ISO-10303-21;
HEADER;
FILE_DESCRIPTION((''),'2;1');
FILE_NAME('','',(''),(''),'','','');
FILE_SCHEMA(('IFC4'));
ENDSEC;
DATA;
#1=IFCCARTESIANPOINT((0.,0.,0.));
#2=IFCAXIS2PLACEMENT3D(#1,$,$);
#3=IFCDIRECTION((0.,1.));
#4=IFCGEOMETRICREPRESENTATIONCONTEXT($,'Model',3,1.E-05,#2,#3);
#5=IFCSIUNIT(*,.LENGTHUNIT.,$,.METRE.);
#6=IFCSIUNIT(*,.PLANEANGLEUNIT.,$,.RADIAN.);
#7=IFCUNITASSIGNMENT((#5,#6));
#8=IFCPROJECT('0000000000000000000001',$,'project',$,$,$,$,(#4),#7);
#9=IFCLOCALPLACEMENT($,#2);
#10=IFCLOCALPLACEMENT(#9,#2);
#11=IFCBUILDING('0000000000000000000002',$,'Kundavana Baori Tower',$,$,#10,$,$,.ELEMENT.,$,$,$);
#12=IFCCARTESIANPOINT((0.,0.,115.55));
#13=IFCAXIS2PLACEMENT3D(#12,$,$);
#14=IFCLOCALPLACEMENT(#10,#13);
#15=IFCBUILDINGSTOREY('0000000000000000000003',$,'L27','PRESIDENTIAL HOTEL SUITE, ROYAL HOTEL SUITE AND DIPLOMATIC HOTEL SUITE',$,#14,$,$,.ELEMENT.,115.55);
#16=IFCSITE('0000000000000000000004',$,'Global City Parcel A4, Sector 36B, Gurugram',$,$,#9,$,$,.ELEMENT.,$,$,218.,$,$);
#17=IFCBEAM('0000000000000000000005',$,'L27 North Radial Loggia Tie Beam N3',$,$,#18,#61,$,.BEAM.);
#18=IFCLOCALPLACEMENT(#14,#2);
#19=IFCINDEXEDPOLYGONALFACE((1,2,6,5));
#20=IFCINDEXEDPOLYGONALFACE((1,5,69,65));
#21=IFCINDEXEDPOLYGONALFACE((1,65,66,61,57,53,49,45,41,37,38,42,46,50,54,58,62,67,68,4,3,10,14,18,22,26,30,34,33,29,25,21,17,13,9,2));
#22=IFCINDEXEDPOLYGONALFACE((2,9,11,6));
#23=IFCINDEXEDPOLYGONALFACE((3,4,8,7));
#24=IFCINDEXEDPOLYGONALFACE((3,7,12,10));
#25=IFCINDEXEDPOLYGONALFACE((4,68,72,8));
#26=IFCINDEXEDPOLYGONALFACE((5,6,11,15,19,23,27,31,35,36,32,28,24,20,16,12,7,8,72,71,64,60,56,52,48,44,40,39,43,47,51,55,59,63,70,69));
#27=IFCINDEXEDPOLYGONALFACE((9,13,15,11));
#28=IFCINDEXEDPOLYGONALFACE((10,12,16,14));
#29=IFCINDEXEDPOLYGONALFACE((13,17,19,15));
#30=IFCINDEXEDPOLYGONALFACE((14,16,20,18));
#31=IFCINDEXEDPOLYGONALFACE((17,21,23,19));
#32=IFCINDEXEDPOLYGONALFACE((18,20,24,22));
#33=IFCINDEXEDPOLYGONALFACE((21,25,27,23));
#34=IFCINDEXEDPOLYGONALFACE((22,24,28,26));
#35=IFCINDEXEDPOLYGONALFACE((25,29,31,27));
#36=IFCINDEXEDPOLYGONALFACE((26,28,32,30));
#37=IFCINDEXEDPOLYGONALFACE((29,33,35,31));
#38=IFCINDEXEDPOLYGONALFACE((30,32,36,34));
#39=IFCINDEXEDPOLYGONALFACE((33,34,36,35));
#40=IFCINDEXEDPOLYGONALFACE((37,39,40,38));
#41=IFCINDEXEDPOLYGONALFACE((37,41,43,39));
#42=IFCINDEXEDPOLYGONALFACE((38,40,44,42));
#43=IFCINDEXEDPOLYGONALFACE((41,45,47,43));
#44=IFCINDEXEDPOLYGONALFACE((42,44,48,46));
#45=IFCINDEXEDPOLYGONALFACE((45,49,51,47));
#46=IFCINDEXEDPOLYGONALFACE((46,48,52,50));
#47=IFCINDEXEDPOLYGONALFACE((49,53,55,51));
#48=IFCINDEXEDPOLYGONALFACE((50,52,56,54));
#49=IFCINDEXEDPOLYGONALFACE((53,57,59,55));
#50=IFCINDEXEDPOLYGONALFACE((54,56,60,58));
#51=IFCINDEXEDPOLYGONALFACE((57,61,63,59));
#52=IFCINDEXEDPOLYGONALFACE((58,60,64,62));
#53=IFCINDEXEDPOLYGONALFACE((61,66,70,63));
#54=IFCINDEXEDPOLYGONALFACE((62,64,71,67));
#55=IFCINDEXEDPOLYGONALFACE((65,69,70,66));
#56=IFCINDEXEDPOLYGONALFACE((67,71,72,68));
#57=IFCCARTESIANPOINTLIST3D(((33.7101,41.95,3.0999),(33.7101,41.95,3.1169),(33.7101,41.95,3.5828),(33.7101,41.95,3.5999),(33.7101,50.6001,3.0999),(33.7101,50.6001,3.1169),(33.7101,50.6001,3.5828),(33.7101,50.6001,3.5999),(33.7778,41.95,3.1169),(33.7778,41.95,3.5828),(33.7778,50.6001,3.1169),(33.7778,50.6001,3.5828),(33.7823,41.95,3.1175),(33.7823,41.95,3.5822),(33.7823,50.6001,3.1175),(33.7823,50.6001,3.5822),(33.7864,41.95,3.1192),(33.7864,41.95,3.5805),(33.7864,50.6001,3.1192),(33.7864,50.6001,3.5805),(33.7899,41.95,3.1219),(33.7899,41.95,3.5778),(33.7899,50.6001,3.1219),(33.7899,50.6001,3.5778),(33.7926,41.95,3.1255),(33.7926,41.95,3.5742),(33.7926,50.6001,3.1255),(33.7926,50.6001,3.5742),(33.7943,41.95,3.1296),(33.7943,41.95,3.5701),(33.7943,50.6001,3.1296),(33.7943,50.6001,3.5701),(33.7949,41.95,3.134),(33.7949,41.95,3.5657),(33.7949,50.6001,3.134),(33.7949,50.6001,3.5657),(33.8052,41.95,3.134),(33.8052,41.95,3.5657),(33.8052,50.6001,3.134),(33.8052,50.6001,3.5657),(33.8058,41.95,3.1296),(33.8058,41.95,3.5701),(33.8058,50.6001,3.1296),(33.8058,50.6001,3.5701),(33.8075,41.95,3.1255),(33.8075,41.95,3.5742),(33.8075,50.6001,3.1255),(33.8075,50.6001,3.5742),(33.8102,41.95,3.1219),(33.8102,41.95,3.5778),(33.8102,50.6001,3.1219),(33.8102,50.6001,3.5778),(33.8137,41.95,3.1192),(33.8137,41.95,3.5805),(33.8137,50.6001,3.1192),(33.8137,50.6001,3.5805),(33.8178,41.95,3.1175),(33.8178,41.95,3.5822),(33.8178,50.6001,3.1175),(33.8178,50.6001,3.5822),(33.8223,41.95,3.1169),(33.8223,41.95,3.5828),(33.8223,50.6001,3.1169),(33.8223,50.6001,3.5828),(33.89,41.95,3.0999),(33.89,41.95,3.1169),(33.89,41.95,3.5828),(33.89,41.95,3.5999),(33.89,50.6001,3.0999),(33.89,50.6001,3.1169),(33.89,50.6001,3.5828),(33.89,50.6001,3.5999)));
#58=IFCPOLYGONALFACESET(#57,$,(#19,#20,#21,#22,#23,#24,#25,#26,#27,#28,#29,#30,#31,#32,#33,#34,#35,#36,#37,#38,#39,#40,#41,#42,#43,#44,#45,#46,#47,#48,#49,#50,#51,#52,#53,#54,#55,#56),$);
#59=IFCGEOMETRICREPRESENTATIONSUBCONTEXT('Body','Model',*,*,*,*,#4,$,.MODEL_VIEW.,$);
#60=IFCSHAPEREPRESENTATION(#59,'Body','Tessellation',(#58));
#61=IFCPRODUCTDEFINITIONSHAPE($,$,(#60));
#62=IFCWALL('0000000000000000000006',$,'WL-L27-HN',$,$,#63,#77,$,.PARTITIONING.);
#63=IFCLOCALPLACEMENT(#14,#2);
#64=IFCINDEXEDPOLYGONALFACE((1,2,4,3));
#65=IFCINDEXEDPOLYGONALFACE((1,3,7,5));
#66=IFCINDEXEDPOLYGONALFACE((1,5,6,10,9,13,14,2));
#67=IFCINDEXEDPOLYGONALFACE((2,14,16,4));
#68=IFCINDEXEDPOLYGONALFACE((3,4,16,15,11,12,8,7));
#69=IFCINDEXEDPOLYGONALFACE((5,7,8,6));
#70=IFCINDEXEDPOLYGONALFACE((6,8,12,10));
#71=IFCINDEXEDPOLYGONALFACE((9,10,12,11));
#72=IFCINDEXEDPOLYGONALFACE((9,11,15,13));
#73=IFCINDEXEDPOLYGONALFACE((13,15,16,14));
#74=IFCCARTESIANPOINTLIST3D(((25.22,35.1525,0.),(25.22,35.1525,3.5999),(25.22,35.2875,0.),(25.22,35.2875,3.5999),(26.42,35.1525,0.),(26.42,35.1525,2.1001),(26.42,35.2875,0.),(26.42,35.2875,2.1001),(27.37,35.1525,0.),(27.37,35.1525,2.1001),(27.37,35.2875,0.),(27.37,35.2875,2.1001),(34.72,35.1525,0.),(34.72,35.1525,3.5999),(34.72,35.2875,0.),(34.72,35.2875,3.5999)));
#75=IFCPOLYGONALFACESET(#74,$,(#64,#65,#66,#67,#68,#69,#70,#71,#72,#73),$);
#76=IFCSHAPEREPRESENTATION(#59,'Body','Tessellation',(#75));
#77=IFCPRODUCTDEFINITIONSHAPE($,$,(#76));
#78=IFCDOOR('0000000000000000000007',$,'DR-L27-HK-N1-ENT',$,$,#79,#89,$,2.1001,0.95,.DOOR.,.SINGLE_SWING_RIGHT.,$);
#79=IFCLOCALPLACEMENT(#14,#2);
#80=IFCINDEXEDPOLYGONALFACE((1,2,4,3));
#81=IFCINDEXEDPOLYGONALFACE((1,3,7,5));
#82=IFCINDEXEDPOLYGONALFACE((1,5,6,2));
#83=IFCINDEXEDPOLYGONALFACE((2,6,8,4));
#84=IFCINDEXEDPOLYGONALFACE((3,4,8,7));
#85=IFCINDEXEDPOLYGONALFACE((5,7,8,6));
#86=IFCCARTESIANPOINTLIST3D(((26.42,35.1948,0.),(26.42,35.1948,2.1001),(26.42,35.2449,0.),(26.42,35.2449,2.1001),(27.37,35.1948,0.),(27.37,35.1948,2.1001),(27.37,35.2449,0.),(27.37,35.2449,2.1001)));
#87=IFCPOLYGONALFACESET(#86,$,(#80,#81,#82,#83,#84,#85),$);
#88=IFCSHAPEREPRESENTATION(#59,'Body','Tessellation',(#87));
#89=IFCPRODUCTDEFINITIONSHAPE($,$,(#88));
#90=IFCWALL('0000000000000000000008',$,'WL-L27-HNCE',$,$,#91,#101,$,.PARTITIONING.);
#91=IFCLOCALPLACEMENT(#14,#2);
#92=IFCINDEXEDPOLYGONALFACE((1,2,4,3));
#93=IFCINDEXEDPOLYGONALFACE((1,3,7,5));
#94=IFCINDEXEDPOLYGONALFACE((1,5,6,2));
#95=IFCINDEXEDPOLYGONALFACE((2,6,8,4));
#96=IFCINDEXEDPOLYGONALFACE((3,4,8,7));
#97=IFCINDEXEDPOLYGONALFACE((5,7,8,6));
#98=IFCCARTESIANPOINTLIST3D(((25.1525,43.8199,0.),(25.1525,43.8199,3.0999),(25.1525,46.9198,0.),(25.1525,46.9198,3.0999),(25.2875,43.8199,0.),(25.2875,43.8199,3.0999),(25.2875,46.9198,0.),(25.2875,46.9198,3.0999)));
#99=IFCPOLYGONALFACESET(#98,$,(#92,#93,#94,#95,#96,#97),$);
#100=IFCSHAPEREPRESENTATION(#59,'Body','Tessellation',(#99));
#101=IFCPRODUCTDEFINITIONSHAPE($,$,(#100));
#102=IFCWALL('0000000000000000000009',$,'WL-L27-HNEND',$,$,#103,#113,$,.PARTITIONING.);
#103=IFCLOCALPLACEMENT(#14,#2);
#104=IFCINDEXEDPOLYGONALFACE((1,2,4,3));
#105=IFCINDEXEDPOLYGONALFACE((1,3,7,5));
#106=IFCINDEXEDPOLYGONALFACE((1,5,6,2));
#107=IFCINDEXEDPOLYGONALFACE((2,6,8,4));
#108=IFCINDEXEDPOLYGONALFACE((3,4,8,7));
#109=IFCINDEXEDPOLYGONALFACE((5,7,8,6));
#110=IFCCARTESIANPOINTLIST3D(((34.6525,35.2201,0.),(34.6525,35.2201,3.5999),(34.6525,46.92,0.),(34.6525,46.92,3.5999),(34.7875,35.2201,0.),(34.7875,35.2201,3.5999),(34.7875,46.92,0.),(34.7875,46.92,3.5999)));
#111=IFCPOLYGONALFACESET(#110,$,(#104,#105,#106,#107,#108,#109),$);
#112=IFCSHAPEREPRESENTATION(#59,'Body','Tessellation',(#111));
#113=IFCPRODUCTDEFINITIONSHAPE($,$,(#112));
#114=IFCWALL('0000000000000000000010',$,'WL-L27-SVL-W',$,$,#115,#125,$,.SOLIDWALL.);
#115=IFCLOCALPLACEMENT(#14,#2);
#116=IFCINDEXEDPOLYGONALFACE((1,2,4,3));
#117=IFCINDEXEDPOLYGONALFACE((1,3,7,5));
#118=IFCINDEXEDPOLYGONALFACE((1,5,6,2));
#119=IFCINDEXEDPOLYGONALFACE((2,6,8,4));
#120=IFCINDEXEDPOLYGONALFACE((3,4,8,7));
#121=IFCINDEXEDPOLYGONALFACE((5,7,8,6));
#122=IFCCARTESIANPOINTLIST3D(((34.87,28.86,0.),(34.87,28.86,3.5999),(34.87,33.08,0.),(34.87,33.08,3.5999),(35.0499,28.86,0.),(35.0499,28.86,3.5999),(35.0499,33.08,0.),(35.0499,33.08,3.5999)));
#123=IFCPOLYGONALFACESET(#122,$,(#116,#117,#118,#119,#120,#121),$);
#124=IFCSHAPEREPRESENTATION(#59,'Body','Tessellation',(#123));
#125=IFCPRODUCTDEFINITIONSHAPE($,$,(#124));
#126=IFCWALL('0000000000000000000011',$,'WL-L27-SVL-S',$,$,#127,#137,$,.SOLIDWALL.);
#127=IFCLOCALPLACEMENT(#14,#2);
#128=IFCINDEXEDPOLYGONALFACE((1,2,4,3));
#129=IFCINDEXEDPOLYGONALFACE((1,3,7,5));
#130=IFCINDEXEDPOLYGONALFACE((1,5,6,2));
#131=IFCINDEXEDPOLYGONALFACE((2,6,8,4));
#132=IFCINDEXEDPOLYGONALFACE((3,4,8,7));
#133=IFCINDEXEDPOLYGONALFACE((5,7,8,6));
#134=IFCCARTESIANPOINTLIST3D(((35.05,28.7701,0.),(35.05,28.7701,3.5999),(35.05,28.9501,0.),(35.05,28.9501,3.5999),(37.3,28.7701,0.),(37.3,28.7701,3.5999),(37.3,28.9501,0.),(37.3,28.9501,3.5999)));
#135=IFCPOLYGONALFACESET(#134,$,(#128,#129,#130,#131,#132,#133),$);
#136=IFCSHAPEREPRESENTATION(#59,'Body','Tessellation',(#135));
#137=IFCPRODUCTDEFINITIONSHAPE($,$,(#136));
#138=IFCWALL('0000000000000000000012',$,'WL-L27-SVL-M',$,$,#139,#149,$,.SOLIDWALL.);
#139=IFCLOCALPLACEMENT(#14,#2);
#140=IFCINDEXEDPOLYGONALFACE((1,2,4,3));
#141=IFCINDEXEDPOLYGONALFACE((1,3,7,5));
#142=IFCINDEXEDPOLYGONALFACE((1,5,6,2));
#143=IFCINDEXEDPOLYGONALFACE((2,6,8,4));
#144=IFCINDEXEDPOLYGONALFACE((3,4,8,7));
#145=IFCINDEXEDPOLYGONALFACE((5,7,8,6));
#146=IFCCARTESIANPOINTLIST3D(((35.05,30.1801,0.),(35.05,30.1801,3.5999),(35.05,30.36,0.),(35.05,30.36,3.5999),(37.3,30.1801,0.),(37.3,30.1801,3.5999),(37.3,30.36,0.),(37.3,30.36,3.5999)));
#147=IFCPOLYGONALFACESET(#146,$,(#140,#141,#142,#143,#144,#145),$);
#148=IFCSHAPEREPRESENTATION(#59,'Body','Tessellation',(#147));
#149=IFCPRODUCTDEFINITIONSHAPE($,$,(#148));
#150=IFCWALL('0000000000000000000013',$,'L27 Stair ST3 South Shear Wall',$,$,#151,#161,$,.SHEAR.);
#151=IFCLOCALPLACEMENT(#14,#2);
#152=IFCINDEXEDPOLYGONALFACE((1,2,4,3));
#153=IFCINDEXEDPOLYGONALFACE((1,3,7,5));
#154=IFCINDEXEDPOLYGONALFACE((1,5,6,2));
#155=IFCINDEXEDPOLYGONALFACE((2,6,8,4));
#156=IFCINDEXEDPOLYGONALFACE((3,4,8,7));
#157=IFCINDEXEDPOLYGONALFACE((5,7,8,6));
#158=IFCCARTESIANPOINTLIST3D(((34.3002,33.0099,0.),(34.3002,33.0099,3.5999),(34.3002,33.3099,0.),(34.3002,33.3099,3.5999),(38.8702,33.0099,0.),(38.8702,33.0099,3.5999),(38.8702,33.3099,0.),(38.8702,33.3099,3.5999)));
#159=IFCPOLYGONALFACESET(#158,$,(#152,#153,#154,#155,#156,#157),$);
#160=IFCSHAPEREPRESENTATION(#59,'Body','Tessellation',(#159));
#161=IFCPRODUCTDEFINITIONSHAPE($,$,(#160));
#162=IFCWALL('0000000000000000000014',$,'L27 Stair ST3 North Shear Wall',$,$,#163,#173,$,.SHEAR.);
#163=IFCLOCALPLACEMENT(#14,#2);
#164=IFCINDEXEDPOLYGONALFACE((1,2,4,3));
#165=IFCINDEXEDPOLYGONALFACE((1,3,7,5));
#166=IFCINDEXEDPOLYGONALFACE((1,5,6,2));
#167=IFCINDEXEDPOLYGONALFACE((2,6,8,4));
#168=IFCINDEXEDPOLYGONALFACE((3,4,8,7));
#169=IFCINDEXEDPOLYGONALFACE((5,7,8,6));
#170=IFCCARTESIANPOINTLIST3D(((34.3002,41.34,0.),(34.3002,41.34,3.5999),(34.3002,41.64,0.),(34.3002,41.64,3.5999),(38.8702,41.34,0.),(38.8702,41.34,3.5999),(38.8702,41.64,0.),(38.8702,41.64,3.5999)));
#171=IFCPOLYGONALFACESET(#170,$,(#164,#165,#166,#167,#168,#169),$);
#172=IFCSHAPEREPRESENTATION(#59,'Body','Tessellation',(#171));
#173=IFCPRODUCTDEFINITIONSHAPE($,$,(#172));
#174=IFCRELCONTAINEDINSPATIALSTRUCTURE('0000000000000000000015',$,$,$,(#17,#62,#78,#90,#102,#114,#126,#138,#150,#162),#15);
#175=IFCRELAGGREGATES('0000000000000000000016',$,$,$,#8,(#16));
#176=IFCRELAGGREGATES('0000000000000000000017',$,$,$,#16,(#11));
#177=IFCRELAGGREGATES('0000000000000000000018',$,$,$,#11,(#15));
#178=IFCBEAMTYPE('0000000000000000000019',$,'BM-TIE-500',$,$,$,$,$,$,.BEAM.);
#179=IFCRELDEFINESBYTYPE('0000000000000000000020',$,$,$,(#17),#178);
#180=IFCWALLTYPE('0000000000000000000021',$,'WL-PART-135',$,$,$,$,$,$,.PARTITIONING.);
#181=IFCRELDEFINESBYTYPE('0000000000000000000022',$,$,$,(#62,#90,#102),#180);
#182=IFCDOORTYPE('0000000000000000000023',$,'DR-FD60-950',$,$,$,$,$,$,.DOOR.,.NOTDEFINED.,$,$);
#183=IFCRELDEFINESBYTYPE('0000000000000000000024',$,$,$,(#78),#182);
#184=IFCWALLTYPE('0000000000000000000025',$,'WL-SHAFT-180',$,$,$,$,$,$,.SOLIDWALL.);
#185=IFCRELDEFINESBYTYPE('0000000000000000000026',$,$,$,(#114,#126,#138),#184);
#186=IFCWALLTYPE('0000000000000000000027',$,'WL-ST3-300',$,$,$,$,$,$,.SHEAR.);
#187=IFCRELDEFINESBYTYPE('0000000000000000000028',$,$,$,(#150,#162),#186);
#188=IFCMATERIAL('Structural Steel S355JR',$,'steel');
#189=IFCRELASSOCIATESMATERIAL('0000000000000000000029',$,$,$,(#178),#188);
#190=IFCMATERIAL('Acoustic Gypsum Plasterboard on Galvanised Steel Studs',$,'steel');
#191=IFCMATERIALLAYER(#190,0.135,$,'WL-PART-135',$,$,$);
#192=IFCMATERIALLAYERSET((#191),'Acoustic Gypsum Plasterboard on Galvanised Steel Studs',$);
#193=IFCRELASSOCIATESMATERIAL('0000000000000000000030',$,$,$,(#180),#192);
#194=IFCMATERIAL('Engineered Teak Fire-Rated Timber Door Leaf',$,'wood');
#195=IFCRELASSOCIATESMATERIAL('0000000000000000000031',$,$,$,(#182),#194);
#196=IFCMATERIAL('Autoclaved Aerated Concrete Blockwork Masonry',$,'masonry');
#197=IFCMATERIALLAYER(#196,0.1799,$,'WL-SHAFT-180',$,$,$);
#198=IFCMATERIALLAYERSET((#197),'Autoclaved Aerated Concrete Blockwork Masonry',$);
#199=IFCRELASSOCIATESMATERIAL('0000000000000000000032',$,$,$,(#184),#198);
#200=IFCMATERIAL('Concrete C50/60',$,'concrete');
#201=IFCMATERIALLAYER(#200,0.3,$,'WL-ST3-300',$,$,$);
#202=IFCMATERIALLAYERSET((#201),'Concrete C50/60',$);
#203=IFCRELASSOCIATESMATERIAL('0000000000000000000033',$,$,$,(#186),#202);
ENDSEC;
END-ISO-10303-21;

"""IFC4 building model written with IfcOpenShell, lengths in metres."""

from ifc_helpers import new_model, si_unit, direction, frame, frame_2d, origin, origin_2d, place, context, subcontext, project, spatial, rectangle, i_section, extrude, material, layer, layer_set, material_profile, profile_set, type_object, element, fill, save


model = new_model("IFC4")

# Units and contexts
model_context = context("Model", 3, precision=1e-05, world=origin(), true_north=direction((0.0, 1.0)))
body_context = subcontext(model_context, "Body", "Model", "MODEL_VIEW")
ifc_project = project(units=[si_unit("LENGTHUNIT", "METRE"), si_unit("PLANEANGLEUNIT", "RADIAN")], contexts=[model_context])

# Site, building, storey
site_placement = place(None, origin())
site = spatial("IfcSite", under=ifc_project, at=site_placement, Name="Global City Parcel A4, Sector 36B, Gurugram", CompositionType="ELEMENT", RefElevation=218.0)
building_placement = place(site_placement, origin())
building = spatial("IfcBuilding", under=site, at=building_placement, Name="Kundavana Baori Tower", CompositionType="ELEMENT")
storey_placement = place(building_placement, frame((0.0, 0.0, 115.55)))
storey = spatial("IfcBuildingStorey", under=building, at=storey_placement, Name="L27", Description="PRESIDENTIAL HOTEL SUITE, ROYAL HOTEL SUITE AND DIPLOMATIC HOTEL SUITE", CompositionType="ELEMENT", Elevation=115.55)

# Beam
ifc_material_1 = material(Name="Structural Steel S355JR", Category="steel")
ifc_material_profile_1 = material_profile(ifc_material_1, i_section(OverallWidth=0.1799, OverallDepth=0.5, WebThickness=0.0103, FlangeThickness=0.0171, FilletRadius=0.0171, at=origin_2d()), Name="ISMB 500")
ifc_profile_set_1 = profile_set([ifc_material_profile_1], Name="Structural Steel S355JR")
beam_type_1 = type_object("IfcBeamType", Name="BM-TIE-500", PredefinedType="BEAM", material=ifc_profile_set_1)
for number, where, z_axis, x_axis, name in (
    (1, (33.8, 41.95, 3.3499), (0.0, 1.0, 0.0), (-1.0, 0.0, 0.0), "L27 North Radial Loggia Tie Beam N3"),
):
    element("IfcBeam", number, at=place(storey_placement, frame(where, z_axis=z_axis, x_axis=x_axis)), inside=storey, type_object=beam_type_1, Name=name, PredefinedType="BEAM", context=body_context, shape_type="SweptSolid", body=[
        extrude(i_section(OverallWidth=0.1799, OverallDepth=0.5, WebThickness=0.0103, FlangeThickness=0.0171, FilletRadius=0.0171, at=origin_2d()), origin(), (0.0, 0.0, 1.0), 8.6501),
    ])

# Wall, opening, door
ifc_material_2 = material(Name="Acoustic Gypsum Plasterboard on Galvanised Steel Studs", Category="steel")
ifc_layer_1 = layer(ifc_material_2, 0.135, Name="WL-PART-135")
ifc_layer_set_1 = layer_set([ifc_layer_1], Name="Acoustic Gypsum Plasterboard on Galvanised Steel Studs")
wall_type_1 = type_object("IfcWallType", Name="WL-PART-135", PredefinedType="PARTITIONING", material=ifc_layer_set_1)
wall_1_placement = place(storey_placement, frame((25.22, 35.22, 0.0), z_axis=(0.0, 0.0, 1.0), x_axis=(1.0, 0.0, 0.0)))
wall_1 = element("IfcWall", 2, at=wall_1_placement, inside=storey, type_object=wall_type_1, Name="WL-L27-HN", PredefinedType="PARTITIONING", context=body_context, shape_type="SweptSolid", body=[
    extrude(rectangle(XDim=9.5, YDim=0.135, at=frame_2d((4.75, 0.0))), origin(), (0.0, 0.0, 1.0), 3.5999),
])
opening_1_placement = place(wall_1_placement, frame((1.2, 0.0, 0.0)))
opening_1 = element("IfcOpeningElement", 3, at=opening_1_placement, cuts=wall_1, PredefinedType="OPENING", context=body_context, shape_type="SweptSolid", body=[
    extrude(rectangle(XDim=0.95, YDim=2.1001, at=frame_2d((0.4751, 1.05))), frame((0.0, 0.0776, 0.0), z_axis=(0.0, -1.0, 0.0), x_axis=(1.0, 0.0, 0.0)), (0.0, 0.0, 1.0), 0.155),
])
ifc_material_3 = material(Name="Engineered Teak Fire-Rated Timber Door Leaf", Category="wood")
door_type_1 = type_object("IfcDoorType", Name="DR-FD60-950", OperationType="NOTDEFINED", PredefinedType="DOOR", material=ifc_material_3)
door_1_placement = place(opening_1_placement, origin())
door_1 = element("IfcDoor", 4, at=door_1_placement, inside=storey, type_object=door_type_1, Name="DR-L27-HK-N1-ENT", OperationType="SINGLE_SWING_RIGHT", OverallHeight=2.1001, OverallWidth=0.95, PredefinedType="DOOR", context=body_context, shape_type="SweptSolid", body=[
    extrude(rectangle(XDim=0.95, YDim=2.1001, at=frame_2d((0.4751, 1.05))), frame((0.0, 0.0249, 0.0), z_axis=(0.0, -1.0, 0.0), x_axis=(1.0, 0.0, 0.0)), (0.0, 0.0, 1.0), 0.05),
])
fill(opening_1, door_1)

# Walls
wall_2_placement = place(storey_placement, frame((25.22, 43.8201, 0.0), z_axis=(0.0, 0.0, 1.0), x_axis=(0.0, 1.0, 0.0)))
element("IfcWall", 5, at=wall_2_placement, inside=storey, type_object=wall_type_1, Name="WL-L27-HNCE", PredefinedType="PARTITIONING", context=body_context, shape_type="SweptSolid", body=[
    extrude(rectangle(XDim=3.0999, YDim=0.135, at=frame_2d((1.5498, 0.0))), origin(), (0.0, 0.0, 1.0), 3.0999),
])
wall_3_placement = place(storey_placement, frame((34.72, 35.22, 0.0), z_axis=(0.0, 0.0, 1.0), x_axis=(0.0, 1.0, 0.0)))
element("IfcWall", 6, at=wall_3_placement, inside=storey, type_object=wall_type_1, Name="WL-L27-HNEND", PredefinedType="PARTITIONING", context=body_context, shape_type="SweptSolid", body=[
    extrude(rectangle(XDim=11.7, YDim=0.135, at=frame_2d((5.8501, 0.0))), origin(), (0.0, 0.0, 1.0), 3.5999),
])
ifc_material_4 = material(Name="Autoclaved Aerated Concrete Blockwork Masonry", Category="masonry")
ifc_layer_2 = layer(ifc_material_4, 0.1799, Name="WL-SHAFT-180")
ifc_layer_set_2 = layer_set([ifc_layer_2], Name="Autoclaved Aerated Concrete Blockwork Masonry")
wall_type_2 = type_object("IfcWallType", Name="WL-SHAFT-180", PredefinedType="SOLIDWALL", material=ifc_layer_set_2)
wall_4_placement = place(storey_placement, frame((34.96, 28.8601, 0.0), z_axis=(0.0, 0.0, 1.0), x_axis=(0.0, 1.0, 0.0)))
element("IfcWall", 7, at=wall_4_placement, inside=storey, type_object=wall_type_2, Name="WL-L27-SVL-W", PredefinedType="SOLIDWALL", context=body_context, shape_type="SweptSolid", body=[
    extrude(rectangle(XDim=4.22, YDim=0.1799, at=frame_2d((2.1099, 0.0))), origin(), (0.0, 0.0, 1.0), 3.5999),
])
for number, where, z_axis, x_axis, name in (
    (8, (35.05, 28.8601, 0.0), (0.0, 0.0, 1.0), (1.0, 0.0, 0.0), "WL-L27-SVL-S"),
    (9, (35.05, 30.27, 0.0), (0.0, 0.0, 1.0), (1.0, 0.0, 0.0), "WL-L27-SVL-M"),
):
    element("IfcWall", number, at=place(storey_placement, frame(where, z_axis=z_axis, x_axis=x_axis)), inside=storey, type_object=wall_type_2, Name=name, PredefinedType="SOLIDWALL", context=body_context, shape_type="SweptSolid", body=[
        extrude(rectangle(XDim=2.25, YDim=0.1799, at=frame_2d((1.125, 0.0))), origin(), (0.0, 0.0, 1.0), 3.5999),
    ])
ifc_material_5 = material(Name="Concrete C50/60", Category="concrete")
ifc_layer_3 = layer(ifc_material_5, 0.3, Name="WL-ST3-300")
ifc_layer_set_3 = layer_set([ifc_layer_3], Name="Concrete C50/60")
wall_type_3 = type_object("IfcWallType", Name="WL-ST3-300", PredefinedType="SHEAR", material=ifc_layer_set_3)
for number, where, z_axis, x_axis, name in (
    (10, (34.3, 33.1599, 0.0), (0.0, 0.0, 1.0), (1.0, 0.0, 0.0), "L27 Stair ST3 South Shear Wall"),
    (11, (34.3, 41.49, 0.0), (0.0, 0.0, 1.0), (1.0, 0.0, 0.0), "L27 Stair ST3 North Shear Wall"),
):
    element("IfcWall", number, at=place(storey_placement, frame(where, z_axis=z_axis, x_axis=x_axis)), inside=storey, type_object=wall_type_3, Name=name, PredefinedType="SHEAR", context=body_context, shape_type="SweptSolid", body=[
        extrude(rectangle(XDim=4.5701, YDim=0.3, at=frame_2d((2.2852, 0.0))), origin(), (0.0, 0.0, 1.0), 3.5999),
    ])

save(model, "model.ifc")
